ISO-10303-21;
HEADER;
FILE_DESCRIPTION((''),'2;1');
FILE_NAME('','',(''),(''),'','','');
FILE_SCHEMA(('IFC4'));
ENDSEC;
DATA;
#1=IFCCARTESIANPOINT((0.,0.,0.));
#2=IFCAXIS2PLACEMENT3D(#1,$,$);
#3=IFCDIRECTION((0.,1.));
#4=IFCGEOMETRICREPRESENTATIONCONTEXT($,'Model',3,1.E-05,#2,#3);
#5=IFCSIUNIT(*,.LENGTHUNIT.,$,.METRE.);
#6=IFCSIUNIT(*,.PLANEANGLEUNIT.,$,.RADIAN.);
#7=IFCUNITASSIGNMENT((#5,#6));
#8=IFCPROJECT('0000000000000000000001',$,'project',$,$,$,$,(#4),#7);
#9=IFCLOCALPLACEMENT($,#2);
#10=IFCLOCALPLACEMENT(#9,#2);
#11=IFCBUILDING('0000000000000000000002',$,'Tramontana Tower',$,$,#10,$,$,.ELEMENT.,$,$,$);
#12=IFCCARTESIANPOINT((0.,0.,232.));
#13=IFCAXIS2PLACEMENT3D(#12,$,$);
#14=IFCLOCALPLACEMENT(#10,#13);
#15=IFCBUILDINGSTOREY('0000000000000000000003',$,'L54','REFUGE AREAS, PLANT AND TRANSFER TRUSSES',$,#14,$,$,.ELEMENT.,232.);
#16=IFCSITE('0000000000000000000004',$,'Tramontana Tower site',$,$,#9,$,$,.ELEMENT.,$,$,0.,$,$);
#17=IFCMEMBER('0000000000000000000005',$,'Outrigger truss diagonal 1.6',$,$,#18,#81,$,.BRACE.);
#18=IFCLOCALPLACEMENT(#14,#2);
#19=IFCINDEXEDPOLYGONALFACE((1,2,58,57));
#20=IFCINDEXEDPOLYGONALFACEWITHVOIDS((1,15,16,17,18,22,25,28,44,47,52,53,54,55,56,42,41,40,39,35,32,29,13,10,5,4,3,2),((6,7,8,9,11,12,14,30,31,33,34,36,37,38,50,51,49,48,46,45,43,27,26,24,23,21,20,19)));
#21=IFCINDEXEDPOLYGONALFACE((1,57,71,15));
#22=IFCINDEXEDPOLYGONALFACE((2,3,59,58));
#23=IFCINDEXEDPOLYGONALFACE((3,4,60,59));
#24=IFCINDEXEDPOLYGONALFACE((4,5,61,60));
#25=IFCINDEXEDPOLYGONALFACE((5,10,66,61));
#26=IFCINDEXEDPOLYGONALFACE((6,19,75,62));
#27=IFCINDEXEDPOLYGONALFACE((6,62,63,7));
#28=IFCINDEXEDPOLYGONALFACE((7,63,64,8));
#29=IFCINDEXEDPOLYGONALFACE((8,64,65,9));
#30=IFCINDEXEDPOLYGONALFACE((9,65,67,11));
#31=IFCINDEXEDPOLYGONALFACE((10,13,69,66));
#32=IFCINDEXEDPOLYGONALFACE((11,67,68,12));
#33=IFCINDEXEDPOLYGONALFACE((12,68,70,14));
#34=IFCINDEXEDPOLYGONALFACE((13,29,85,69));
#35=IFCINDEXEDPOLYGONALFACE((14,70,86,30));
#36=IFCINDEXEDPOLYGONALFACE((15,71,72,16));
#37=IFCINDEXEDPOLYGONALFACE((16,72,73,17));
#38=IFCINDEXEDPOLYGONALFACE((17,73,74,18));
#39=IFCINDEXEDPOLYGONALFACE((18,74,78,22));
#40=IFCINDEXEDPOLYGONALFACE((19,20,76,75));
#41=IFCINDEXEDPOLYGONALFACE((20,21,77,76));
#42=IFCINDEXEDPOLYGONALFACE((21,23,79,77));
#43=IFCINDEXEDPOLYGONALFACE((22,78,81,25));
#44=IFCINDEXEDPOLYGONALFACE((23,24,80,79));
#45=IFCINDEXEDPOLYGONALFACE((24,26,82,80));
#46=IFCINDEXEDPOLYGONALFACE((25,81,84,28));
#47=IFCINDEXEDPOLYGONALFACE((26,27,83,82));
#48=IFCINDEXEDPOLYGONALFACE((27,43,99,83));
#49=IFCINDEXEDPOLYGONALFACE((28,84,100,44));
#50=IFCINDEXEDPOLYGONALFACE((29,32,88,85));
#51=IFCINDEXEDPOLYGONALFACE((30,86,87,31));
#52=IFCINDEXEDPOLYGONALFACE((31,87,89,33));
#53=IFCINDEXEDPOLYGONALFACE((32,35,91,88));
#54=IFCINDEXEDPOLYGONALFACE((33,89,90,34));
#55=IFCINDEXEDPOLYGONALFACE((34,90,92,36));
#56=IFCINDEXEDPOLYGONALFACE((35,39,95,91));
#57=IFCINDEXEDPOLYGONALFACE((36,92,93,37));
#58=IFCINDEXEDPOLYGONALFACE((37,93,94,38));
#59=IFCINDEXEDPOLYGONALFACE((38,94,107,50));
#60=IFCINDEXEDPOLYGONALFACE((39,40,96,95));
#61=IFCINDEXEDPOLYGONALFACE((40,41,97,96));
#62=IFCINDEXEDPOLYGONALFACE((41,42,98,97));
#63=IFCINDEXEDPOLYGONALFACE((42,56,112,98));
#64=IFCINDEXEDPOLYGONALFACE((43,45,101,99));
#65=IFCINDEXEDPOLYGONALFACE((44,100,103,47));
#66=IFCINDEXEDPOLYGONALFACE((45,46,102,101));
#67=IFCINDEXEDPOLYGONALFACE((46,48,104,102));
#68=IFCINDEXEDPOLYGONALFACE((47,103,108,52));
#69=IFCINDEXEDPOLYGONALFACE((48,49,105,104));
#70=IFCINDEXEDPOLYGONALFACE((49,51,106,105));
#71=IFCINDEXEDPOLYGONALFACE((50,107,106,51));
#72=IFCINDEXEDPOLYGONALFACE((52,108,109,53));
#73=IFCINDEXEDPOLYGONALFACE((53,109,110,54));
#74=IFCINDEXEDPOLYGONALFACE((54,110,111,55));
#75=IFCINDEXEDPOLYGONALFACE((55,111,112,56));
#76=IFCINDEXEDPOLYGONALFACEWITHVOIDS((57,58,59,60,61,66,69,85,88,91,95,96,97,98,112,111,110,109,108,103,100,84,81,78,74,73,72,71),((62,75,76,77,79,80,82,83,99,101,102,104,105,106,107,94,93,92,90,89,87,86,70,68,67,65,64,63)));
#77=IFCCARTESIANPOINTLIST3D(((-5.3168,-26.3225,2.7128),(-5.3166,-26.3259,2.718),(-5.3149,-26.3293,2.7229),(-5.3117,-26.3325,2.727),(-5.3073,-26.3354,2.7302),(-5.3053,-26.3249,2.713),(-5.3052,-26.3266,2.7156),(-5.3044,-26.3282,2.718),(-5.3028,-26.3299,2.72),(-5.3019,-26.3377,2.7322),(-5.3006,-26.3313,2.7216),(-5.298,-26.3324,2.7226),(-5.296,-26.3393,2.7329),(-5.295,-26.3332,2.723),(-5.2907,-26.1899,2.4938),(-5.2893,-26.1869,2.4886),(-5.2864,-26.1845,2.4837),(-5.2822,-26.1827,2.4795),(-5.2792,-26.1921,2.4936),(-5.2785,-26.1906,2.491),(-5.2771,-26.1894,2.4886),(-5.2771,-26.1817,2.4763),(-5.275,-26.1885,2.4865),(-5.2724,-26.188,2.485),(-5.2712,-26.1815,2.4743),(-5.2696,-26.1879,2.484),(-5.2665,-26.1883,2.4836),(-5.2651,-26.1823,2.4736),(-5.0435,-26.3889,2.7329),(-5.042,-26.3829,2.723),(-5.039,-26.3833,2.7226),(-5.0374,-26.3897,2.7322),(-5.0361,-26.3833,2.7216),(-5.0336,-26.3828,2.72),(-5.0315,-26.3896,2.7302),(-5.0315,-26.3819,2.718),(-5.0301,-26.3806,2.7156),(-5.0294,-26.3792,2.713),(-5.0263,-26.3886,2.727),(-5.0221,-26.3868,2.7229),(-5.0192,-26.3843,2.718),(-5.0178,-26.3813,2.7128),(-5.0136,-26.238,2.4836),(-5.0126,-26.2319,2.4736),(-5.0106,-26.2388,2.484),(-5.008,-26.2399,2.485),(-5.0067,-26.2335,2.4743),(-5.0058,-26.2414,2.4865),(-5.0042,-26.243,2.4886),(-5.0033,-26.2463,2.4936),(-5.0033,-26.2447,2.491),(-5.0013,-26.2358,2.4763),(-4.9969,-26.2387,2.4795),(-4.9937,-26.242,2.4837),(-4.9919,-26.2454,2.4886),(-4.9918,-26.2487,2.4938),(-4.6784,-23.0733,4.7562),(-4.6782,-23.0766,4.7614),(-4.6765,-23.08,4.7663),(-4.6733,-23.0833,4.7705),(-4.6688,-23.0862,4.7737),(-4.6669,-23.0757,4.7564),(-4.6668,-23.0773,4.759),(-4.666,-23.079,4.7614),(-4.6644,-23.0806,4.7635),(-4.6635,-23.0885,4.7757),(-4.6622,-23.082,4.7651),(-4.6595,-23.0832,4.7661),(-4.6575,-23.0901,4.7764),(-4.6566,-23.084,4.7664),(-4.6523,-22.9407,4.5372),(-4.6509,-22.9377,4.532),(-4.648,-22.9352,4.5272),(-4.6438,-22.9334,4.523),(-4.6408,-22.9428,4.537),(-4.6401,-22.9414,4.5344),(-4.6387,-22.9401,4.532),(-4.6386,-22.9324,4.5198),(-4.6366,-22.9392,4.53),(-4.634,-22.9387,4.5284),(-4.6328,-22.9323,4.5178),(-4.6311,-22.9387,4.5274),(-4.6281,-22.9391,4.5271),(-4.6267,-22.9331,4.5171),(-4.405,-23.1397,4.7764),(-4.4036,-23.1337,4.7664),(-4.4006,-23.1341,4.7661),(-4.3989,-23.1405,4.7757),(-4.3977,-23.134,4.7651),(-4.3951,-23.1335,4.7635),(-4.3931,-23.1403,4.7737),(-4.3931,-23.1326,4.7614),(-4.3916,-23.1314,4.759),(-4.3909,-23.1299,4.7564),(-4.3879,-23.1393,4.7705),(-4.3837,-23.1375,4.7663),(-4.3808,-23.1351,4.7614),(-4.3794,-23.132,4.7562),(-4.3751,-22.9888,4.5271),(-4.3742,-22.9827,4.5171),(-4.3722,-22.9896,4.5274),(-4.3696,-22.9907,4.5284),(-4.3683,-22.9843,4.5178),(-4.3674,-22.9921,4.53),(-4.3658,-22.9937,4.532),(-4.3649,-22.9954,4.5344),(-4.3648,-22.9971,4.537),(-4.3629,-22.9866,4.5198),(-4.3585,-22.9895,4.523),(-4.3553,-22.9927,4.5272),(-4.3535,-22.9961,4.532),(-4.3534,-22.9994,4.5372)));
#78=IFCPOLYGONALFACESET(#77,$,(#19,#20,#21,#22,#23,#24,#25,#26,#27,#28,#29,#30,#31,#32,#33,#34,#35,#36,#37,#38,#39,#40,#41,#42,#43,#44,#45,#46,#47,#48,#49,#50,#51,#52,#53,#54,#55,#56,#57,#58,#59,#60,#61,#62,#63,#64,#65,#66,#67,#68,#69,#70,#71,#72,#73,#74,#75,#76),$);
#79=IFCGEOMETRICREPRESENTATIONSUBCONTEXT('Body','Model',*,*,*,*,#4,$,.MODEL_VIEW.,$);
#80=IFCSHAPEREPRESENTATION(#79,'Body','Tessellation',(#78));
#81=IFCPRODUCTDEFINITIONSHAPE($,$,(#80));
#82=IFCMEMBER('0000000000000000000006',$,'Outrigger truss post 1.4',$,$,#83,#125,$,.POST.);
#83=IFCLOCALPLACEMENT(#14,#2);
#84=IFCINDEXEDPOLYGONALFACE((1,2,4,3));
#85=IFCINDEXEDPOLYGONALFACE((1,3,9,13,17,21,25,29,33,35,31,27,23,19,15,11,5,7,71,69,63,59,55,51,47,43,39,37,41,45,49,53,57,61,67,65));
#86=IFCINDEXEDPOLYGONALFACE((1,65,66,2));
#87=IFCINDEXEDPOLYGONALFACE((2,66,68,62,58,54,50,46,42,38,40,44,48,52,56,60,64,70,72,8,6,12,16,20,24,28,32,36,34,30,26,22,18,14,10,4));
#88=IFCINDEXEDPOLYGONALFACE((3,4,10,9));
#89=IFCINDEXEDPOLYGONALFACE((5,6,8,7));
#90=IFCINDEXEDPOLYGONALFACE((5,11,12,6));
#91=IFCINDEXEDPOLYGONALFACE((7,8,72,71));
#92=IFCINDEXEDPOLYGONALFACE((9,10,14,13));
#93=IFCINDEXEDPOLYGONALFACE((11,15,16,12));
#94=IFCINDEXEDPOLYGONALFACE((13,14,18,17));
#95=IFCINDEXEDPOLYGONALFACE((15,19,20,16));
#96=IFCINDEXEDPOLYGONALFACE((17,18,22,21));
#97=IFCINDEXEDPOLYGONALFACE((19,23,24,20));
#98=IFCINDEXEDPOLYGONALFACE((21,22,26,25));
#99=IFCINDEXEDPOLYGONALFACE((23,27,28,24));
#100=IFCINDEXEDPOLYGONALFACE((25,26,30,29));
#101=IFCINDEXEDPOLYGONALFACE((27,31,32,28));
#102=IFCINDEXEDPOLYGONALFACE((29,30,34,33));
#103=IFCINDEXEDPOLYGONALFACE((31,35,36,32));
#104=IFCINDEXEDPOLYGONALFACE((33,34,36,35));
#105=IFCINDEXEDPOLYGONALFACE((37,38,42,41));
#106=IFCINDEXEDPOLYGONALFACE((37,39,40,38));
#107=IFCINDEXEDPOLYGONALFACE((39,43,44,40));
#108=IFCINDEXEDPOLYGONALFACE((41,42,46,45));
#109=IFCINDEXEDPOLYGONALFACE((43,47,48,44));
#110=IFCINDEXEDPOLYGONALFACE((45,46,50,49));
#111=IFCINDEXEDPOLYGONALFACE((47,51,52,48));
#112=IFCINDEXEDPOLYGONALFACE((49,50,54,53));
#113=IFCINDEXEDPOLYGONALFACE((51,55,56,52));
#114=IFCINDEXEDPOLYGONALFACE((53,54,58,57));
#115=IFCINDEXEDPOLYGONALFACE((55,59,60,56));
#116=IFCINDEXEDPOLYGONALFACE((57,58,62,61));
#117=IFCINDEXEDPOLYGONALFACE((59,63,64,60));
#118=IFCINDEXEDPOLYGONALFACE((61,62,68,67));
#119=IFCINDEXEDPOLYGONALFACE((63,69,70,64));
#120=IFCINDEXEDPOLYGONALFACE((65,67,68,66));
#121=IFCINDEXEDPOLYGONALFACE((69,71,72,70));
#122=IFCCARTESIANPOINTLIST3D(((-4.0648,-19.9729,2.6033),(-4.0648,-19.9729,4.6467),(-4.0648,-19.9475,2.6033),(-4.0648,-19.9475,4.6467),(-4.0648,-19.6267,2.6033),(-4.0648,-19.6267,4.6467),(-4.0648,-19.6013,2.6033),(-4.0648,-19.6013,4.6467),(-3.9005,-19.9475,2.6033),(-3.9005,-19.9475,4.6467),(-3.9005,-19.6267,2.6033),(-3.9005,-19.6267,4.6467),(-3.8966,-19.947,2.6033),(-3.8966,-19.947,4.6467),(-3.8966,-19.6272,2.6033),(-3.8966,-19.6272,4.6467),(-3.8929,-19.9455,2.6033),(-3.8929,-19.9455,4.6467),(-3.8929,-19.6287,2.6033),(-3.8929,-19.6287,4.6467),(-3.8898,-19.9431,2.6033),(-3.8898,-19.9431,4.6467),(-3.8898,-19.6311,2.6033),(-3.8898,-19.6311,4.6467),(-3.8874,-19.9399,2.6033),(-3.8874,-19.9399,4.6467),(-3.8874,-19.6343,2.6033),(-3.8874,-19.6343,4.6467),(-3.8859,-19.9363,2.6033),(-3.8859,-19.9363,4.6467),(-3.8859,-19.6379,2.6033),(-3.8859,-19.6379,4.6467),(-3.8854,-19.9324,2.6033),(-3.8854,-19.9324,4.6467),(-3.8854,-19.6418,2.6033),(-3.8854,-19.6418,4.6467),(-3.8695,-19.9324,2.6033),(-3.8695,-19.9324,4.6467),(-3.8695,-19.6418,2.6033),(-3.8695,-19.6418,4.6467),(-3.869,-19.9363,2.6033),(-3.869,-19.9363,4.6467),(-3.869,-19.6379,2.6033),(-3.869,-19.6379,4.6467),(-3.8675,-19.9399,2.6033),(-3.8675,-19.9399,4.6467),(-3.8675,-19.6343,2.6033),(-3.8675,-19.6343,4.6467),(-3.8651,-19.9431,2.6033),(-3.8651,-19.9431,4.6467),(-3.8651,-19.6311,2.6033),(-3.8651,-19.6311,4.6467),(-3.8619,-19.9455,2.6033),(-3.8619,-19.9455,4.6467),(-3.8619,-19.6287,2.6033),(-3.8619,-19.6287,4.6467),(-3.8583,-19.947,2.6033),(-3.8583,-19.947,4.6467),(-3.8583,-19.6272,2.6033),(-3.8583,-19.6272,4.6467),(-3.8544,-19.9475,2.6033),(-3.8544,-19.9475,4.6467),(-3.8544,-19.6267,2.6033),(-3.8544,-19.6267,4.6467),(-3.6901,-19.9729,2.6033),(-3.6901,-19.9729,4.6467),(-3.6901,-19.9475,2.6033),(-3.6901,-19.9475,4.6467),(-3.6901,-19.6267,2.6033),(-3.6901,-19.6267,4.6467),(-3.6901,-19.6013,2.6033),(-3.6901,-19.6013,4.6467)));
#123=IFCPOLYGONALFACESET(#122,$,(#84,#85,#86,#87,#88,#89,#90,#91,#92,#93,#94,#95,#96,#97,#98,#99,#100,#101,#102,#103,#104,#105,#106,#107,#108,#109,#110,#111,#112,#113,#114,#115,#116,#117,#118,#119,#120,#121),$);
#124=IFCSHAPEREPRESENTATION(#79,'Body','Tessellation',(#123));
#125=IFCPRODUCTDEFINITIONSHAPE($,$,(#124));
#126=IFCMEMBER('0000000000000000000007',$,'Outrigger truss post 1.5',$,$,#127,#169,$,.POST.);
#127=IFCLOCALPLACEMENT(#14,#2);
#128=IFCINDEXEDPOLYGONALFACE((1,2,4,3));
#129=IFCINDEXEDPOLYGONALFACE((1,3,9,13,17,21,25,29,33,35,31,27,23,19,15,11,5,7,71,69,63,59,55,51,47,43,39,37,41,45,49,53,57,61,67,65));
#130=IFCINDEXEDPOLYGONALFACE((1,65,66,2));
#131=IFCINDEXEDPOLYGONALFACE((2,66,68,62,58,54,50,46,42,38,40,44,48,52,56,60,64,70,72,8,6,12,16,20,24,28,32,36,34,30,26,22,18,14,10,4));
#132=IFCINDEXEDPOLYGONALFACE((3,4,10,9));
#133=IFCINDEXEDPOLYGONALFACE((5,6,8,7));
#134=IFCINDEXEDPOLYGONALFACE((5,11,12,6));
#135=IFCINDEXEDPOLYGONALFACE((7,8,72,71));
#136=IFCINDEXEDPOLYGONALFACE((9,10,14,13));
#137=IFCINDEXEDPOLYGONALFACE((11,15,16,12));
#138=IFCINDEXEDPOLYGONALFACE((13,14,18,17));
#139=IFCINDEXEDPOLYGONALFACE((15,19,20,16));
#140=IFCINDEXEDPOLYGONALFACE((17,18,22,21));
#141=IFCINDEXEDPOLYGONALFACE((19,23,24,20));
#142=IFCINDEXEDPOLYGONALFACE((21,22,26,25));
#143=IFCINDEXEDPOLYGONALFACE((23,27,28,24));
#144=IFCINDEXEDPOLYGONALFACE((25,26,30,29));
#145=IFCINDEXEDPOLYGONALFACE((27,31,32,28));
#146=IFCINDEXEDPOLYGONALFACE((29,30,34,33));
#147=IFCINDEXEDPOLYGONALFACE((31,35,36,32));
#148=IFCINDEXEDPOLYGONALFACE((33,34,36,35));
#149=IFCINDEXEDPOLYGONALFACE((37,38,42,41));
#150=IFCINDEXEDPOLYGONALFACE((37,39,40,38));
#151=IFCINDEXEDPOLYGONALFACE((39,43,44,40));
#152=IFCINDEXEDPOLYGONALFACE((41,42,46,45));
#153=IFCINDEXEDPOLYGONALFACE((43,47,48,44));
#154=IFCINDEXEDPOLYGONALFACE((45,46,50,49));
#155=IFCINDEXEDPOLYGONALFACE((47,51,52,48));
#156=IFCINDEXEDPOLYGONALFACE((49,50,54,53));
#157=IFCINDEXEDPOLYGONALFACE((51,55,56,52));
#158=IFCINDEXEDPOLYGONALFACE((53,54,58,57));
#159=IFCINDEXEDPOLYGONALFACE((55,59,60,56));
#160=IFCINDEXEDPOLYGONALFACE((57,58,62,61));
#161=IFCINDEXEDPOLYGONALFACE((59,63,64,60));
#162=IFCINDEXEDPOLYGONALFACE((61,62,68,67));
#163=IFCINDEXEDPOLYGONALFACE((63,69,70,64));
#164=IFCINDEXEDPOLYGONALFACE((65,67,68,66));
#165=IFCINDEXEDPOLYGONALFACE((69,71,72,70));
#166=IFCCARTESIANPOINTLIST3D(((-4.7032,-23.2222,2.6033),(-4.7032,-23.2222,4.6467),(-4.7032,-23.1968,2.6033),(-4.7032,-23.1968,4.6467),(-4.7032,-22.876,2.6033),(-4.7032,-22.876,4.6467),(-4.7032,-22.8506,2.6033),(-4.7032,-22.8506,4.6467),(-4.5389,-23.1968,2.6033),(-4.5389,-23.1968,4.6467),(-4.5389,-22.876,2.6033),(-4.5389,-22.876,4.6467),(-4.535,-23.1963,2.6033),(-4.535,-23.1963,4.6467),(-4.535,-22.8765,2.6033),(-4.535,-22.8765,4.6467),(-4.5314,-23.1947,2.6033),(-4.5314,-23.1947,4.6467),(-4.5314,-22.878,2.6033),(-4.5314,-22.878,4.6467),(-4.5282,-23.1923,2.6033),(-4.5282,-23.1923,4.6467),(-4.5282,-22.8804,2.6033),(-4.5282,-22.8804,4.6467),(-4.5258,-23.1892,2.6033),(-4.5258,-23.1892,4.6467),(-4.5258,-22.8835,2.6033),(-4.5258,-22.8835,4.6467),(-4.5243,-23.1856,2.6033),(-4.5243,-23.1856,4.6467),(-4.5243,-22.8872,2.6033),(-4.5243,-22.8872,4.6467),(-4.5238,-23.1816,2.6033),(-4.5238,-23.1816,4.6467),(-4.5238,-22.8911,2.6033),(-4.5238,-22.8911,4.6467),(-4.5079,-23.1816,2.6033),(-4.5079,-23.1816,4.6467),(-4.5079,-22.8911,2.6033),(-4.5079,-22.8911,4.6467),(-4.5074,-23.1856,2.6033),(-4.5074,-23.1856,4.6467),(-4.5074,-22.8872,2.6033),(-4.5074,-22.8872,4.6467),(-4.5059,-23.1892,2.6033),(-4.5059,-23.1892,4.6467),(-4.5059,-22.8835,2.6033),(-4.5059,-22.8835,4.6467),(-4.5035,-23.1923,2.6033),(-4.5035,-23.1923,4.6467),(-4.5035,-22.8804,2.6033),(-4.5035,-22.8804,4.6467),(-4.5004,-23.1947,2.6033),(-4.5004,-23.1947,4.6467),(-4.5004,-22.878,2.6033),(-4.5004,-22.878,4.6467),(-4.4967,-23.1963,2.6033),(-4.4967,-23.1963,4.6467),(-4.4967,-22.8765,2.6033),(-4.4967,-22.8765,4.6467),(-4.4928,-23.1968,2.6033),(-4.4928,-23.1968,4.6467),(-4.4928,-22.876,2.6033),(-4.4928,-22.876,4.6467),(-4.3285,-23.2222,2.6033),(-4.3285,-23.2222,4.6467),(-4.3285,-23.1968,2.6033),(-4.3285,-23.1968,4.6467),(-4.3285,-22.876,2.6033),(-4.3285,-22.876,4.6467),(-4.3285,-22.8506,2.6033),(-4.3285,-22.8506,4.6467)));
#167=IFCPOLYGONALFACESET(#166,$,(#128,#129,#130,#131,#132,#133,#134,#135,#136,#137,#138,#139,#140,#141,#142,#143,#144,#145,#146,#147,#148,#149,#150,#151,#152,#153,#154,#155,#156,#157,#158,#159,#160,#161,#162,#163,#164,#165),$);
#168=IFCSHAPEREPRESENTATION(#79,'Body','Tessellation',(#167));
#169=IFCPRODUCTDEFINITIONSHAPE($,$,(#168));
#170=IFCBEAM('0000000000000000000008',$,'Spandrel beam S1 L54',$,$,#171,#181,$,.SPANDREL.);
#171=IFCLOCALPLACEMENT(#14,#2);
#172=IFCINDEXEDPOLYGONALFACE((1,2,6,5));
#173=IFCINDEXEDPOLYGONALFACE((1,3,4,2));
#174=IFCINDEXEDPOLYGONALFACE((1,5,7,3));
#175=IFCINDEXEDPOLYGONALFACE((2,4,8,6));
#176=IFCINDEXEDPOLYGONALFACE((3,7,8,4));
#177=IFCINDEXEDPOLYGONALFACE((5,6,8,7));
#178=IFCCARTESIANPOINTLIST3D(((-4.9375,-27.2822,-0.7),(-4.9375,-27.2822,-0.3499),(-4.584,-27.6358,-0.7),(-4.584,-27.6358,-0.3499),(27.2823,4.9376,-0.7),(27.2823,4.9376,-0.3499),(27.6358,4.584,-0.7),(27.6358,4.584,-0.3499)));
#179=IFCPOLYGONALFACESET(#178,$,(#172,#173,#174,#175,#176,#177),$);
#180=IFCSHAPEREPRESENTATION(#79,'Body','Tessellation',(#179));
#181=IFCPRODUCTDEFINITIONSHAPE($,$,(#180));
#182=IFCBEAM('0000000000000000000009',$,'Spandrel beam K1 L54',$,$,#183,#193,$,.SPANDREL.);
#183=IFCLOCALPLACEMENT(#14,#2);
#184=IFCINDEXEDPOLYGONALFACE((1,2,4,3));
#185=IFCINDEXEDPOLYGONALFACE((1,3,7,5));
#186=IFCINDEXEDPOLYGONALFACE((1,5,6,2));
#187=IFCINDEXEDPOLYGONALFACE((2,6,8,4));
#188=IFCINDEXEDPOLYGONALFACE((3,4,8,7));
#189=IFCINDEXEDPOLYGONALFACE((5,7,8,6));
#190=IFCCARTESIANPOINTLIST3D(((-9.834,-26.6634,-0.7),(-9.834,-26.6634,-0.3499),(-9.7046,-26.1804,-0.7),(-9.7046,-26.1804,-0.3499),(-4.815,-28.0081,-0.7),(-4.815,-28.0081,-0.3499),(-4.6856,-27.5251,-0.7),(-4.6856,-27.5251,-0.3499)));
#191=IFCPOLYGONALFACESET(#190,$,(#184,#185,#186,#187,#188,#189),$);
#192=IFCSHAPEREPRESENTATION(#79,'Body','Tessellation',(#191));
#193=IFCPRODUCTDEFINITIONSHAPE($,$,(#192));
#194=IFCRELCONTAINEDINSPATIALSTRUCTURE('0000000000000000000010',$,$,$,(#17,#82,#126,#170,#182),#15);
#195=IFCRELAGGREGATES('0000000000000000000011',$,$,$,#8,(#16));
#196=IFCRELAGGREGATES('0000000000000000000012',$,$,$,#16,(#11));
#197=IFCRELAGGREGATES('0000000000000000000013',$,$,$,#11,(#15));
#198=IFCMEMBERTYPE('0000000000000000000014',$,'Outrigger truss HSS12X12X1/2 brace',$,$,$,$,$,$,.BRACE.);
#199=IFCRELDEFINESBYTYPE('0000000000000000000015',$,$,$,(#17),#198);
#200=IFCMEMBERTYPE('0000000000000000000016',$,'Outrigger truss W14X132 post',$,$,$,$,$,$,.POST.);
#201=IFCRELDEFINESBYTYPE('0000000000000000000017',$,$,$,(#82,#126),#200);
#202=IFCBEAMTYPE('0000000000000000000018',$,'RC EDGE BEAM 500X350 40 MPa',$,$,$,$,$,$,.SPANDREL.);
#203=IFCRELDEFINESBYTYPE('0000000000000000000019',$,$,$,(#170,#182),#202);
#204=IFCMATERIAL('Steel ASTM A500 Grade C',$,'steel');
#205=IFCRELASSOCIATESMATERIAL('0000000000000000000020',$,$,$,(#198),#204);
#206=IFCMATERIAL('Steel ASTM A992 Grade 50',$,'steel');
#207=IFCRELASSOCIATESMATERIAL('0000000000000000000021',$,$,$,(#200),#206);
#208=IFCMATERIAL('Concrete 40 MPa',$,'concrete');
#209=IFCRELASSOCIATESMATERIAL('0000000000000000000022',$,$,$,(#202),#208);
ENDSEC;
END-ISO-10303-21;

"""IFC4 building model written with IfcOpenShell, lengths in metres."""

from ifc_helpers import new_model, si_unit, direction, frame, origin, origin_2d, place, context, subcontext, project, spatial, rectangle, hollow_rectangle, i_section, extrude, material, material_profile, profile_set, type_object, element, save


model = new_model("IFC4")

# Units and contexts
model_context = context("Model", 3, precision=1e-05, world=origin(), true_north=direction((0.0, 1.0)))
body_context = subcontext(model_context, "Body", "Model", "MODEL_VIEW")
ifc_project = project(units=[si_unit("LENGTHUNIT", "METRE"), si_unit("PLANEANGLEUNIT", "RADIAN")], contexts=[model_context])

# Site, building, storey
site_placement = place(None, origin())
site = spatial("IfcSite", under=ifc_project, at=site_placement, Name="Tramontana Tower site", CompositionType="ELEMENT", RefElevation=0.0)
building_placement = place(site_placement, origin())
building = spatial("IfcBuilding", under=site, at=building_placement, Name="Tramontana Tower", CompositionType="ELEMENT")
storey_placement = place(building_placement, frame((0.0, 0.0, 232.0)))
storey = spatial("IfcBuildingStorey", under=building, at=storey_placement, Name="L54", Description="REFUGE AREAS, PLANT AND TRANSFER TRUSSES", CompositionType="ELEMENT", Elevation=232.0)

# Members
ifc_material_1 = material(Name="Steel ASTM A500 Grade C", Category="steel")
ifc_material_profile_1 = material_profile(ifc_material_1, hollow_rectangle(XDim=0.3047, YDim=0.3047, WallThickness=0.0117, InnerFilletRadius=0.0117, OuterFilletRadius=0.0237, at=origin_2d()), Name="HSS12X12X1/2")
ifc_profile_set_1 = profile_set([ifc_material_profile_1], Name="Steel ASTM A500 Grade C")
member_type_1 = type_object("IfcMemberType", Name="Outrigger truss HSS12X12X1/2 brace", PredefinedType="BRACE", material=ifc_profile_set_1)
for number, where, z_axis, x_axis, name in (
    (1, (-4.5159, -23.0364, 4.6467), (-0.164072, -0.83504, -0.525155), (0.981239, -0.192797, 0.0), "Outrigger truss diagonal 1.6"),
):
    element("IfcMember", number, at=place(storey_placement, frame(where, z_axis=z_axis, x_axis=x_axis)), inside=storey, type_object=member_type_1, Name=name, PredefinedType="BRACE", context=body_context, shape_type="SweptSolid", body=[
        extrude(hollow_rectangle(XDim=0.3047, YDim=0.3047, WallThickness=0.0117, InnerFilletRadius=0.0117, OuterFilletRadius=0.0237, at=origin_2d()), origin(), (0.0, 0.0, 1.0), 3.8911),
    ])
ifc_material_2 = material(Name="Steel ASTM A992 Grade 50", Category="steel")
ifc_material_profile_2 = material_profile(ifc_material_2, i_section(OverallWidth=0.3748, OverallDepth=0.3716, WebThickness=0.0159, FlangeThickness=0.0254, FilletRadius=0.0151, at=origin_2d()), Name="W14X132")
ifc_profile_set_2 = profile_set([ifc_material_profile_2], Name="Steel ASTM A992 Grade 50")
member_type_2 = type_object("IfcMemberType", Name="Outrigger truss W14X132 post", PredefinedType="POST", material=ifc_profile_set_2)
for number, where, z_axis, x_axis, name in (
    (2, (-3.8774, -19.7871, 2.6033), (0.0, 0.0, 1.0), (1.0, 0.0, 0.0), "Outrigger truss post 1.4"),
    (3, (-4.5159, -23.0364, 2.6033), (0.0, 0.0, 1.0), (1.0, 0.0, 0.0), "Outrigger truss post 1.5"),
):
    element("IfcMember", number, at=place(storey_placement, frame(where, z_axis=z_axis, x_axis=x_axis)), inside=storey, type_object=member_type_2, Name=name, PredefinedType="POST", context=body_context, shape_type="SweptSolid", body=[
        extrude(i_section(OverallWidth=0.3748, OverallDepth=0.3716, WebThickness=0.0159, FlangeThickness=0.0254, FilletRadius=0.0151, at=origin_2d()), origin(), (0.0, 0.0, 1.0), 2.0435),
    ])

# Beams
ifc_material_3 = material(Name="Concrete 40 MPa", Category="concrete")
ifc_material_profile_3 = material_profile(ifc_material_3, rectangle(XDim=0.5, YDim=0.3501, at=origin_2d()), Name="RC EDGE BEAM 500X350 40 MPa")
ifc_profile_set_3 = profile_set([ifc_material_profile_3], Name="Concrete 40 MPa")
beam_type_1 = type_object("IfcBeamType", Name="RC EDGE BEAM 500X350 40 MPa", PredefinedType="SPANDREL", material=ifc_profile_set_3)
beam_1_placement = place(storey_placement, frame((-4.7607, -27.459, -0.5249), z_axis=(0.707107, 0.707107, 0.0), x_axis=(-0.707107, 0.707107, 0.0)))
element("IfcBeam", 4, at=beam_1_placement, inside=storey, type_object=beam_type_1, Name="Spandrel beam S1 L54", PredefinedType="SPANDREL", context=body_context, shape_type="SweptSolid", body=[
    extrude(rectangle(XDim=0.5, YDim=0.3501, at=origin_2d()), origin(), (0.0, 0.0, 1.0), 45.5657),
])
beam_2_placement = place(storey_placement, frame((-9.7693, -26.4219, -0.5249), z_axis=(0.965932, -0.258797, 0.0), x_axis=(0.258797, 0.965932, 0.0)))
element("IfcBeam", 5, at=beam_2_placement, inside=storey, type_object=beam_type_1, Name="Spandrel beam K1 L54", PredefinedType="SPANDREL", context=body_context, shape_type="SweptSolid", body=[
    extrude(rectangle(XDim=0.5, YDim=0.3501, at=origin_2d()), origin(), (0.0, 0.0, 1.0), 5.196),
])

save(model, "model.ifc")
